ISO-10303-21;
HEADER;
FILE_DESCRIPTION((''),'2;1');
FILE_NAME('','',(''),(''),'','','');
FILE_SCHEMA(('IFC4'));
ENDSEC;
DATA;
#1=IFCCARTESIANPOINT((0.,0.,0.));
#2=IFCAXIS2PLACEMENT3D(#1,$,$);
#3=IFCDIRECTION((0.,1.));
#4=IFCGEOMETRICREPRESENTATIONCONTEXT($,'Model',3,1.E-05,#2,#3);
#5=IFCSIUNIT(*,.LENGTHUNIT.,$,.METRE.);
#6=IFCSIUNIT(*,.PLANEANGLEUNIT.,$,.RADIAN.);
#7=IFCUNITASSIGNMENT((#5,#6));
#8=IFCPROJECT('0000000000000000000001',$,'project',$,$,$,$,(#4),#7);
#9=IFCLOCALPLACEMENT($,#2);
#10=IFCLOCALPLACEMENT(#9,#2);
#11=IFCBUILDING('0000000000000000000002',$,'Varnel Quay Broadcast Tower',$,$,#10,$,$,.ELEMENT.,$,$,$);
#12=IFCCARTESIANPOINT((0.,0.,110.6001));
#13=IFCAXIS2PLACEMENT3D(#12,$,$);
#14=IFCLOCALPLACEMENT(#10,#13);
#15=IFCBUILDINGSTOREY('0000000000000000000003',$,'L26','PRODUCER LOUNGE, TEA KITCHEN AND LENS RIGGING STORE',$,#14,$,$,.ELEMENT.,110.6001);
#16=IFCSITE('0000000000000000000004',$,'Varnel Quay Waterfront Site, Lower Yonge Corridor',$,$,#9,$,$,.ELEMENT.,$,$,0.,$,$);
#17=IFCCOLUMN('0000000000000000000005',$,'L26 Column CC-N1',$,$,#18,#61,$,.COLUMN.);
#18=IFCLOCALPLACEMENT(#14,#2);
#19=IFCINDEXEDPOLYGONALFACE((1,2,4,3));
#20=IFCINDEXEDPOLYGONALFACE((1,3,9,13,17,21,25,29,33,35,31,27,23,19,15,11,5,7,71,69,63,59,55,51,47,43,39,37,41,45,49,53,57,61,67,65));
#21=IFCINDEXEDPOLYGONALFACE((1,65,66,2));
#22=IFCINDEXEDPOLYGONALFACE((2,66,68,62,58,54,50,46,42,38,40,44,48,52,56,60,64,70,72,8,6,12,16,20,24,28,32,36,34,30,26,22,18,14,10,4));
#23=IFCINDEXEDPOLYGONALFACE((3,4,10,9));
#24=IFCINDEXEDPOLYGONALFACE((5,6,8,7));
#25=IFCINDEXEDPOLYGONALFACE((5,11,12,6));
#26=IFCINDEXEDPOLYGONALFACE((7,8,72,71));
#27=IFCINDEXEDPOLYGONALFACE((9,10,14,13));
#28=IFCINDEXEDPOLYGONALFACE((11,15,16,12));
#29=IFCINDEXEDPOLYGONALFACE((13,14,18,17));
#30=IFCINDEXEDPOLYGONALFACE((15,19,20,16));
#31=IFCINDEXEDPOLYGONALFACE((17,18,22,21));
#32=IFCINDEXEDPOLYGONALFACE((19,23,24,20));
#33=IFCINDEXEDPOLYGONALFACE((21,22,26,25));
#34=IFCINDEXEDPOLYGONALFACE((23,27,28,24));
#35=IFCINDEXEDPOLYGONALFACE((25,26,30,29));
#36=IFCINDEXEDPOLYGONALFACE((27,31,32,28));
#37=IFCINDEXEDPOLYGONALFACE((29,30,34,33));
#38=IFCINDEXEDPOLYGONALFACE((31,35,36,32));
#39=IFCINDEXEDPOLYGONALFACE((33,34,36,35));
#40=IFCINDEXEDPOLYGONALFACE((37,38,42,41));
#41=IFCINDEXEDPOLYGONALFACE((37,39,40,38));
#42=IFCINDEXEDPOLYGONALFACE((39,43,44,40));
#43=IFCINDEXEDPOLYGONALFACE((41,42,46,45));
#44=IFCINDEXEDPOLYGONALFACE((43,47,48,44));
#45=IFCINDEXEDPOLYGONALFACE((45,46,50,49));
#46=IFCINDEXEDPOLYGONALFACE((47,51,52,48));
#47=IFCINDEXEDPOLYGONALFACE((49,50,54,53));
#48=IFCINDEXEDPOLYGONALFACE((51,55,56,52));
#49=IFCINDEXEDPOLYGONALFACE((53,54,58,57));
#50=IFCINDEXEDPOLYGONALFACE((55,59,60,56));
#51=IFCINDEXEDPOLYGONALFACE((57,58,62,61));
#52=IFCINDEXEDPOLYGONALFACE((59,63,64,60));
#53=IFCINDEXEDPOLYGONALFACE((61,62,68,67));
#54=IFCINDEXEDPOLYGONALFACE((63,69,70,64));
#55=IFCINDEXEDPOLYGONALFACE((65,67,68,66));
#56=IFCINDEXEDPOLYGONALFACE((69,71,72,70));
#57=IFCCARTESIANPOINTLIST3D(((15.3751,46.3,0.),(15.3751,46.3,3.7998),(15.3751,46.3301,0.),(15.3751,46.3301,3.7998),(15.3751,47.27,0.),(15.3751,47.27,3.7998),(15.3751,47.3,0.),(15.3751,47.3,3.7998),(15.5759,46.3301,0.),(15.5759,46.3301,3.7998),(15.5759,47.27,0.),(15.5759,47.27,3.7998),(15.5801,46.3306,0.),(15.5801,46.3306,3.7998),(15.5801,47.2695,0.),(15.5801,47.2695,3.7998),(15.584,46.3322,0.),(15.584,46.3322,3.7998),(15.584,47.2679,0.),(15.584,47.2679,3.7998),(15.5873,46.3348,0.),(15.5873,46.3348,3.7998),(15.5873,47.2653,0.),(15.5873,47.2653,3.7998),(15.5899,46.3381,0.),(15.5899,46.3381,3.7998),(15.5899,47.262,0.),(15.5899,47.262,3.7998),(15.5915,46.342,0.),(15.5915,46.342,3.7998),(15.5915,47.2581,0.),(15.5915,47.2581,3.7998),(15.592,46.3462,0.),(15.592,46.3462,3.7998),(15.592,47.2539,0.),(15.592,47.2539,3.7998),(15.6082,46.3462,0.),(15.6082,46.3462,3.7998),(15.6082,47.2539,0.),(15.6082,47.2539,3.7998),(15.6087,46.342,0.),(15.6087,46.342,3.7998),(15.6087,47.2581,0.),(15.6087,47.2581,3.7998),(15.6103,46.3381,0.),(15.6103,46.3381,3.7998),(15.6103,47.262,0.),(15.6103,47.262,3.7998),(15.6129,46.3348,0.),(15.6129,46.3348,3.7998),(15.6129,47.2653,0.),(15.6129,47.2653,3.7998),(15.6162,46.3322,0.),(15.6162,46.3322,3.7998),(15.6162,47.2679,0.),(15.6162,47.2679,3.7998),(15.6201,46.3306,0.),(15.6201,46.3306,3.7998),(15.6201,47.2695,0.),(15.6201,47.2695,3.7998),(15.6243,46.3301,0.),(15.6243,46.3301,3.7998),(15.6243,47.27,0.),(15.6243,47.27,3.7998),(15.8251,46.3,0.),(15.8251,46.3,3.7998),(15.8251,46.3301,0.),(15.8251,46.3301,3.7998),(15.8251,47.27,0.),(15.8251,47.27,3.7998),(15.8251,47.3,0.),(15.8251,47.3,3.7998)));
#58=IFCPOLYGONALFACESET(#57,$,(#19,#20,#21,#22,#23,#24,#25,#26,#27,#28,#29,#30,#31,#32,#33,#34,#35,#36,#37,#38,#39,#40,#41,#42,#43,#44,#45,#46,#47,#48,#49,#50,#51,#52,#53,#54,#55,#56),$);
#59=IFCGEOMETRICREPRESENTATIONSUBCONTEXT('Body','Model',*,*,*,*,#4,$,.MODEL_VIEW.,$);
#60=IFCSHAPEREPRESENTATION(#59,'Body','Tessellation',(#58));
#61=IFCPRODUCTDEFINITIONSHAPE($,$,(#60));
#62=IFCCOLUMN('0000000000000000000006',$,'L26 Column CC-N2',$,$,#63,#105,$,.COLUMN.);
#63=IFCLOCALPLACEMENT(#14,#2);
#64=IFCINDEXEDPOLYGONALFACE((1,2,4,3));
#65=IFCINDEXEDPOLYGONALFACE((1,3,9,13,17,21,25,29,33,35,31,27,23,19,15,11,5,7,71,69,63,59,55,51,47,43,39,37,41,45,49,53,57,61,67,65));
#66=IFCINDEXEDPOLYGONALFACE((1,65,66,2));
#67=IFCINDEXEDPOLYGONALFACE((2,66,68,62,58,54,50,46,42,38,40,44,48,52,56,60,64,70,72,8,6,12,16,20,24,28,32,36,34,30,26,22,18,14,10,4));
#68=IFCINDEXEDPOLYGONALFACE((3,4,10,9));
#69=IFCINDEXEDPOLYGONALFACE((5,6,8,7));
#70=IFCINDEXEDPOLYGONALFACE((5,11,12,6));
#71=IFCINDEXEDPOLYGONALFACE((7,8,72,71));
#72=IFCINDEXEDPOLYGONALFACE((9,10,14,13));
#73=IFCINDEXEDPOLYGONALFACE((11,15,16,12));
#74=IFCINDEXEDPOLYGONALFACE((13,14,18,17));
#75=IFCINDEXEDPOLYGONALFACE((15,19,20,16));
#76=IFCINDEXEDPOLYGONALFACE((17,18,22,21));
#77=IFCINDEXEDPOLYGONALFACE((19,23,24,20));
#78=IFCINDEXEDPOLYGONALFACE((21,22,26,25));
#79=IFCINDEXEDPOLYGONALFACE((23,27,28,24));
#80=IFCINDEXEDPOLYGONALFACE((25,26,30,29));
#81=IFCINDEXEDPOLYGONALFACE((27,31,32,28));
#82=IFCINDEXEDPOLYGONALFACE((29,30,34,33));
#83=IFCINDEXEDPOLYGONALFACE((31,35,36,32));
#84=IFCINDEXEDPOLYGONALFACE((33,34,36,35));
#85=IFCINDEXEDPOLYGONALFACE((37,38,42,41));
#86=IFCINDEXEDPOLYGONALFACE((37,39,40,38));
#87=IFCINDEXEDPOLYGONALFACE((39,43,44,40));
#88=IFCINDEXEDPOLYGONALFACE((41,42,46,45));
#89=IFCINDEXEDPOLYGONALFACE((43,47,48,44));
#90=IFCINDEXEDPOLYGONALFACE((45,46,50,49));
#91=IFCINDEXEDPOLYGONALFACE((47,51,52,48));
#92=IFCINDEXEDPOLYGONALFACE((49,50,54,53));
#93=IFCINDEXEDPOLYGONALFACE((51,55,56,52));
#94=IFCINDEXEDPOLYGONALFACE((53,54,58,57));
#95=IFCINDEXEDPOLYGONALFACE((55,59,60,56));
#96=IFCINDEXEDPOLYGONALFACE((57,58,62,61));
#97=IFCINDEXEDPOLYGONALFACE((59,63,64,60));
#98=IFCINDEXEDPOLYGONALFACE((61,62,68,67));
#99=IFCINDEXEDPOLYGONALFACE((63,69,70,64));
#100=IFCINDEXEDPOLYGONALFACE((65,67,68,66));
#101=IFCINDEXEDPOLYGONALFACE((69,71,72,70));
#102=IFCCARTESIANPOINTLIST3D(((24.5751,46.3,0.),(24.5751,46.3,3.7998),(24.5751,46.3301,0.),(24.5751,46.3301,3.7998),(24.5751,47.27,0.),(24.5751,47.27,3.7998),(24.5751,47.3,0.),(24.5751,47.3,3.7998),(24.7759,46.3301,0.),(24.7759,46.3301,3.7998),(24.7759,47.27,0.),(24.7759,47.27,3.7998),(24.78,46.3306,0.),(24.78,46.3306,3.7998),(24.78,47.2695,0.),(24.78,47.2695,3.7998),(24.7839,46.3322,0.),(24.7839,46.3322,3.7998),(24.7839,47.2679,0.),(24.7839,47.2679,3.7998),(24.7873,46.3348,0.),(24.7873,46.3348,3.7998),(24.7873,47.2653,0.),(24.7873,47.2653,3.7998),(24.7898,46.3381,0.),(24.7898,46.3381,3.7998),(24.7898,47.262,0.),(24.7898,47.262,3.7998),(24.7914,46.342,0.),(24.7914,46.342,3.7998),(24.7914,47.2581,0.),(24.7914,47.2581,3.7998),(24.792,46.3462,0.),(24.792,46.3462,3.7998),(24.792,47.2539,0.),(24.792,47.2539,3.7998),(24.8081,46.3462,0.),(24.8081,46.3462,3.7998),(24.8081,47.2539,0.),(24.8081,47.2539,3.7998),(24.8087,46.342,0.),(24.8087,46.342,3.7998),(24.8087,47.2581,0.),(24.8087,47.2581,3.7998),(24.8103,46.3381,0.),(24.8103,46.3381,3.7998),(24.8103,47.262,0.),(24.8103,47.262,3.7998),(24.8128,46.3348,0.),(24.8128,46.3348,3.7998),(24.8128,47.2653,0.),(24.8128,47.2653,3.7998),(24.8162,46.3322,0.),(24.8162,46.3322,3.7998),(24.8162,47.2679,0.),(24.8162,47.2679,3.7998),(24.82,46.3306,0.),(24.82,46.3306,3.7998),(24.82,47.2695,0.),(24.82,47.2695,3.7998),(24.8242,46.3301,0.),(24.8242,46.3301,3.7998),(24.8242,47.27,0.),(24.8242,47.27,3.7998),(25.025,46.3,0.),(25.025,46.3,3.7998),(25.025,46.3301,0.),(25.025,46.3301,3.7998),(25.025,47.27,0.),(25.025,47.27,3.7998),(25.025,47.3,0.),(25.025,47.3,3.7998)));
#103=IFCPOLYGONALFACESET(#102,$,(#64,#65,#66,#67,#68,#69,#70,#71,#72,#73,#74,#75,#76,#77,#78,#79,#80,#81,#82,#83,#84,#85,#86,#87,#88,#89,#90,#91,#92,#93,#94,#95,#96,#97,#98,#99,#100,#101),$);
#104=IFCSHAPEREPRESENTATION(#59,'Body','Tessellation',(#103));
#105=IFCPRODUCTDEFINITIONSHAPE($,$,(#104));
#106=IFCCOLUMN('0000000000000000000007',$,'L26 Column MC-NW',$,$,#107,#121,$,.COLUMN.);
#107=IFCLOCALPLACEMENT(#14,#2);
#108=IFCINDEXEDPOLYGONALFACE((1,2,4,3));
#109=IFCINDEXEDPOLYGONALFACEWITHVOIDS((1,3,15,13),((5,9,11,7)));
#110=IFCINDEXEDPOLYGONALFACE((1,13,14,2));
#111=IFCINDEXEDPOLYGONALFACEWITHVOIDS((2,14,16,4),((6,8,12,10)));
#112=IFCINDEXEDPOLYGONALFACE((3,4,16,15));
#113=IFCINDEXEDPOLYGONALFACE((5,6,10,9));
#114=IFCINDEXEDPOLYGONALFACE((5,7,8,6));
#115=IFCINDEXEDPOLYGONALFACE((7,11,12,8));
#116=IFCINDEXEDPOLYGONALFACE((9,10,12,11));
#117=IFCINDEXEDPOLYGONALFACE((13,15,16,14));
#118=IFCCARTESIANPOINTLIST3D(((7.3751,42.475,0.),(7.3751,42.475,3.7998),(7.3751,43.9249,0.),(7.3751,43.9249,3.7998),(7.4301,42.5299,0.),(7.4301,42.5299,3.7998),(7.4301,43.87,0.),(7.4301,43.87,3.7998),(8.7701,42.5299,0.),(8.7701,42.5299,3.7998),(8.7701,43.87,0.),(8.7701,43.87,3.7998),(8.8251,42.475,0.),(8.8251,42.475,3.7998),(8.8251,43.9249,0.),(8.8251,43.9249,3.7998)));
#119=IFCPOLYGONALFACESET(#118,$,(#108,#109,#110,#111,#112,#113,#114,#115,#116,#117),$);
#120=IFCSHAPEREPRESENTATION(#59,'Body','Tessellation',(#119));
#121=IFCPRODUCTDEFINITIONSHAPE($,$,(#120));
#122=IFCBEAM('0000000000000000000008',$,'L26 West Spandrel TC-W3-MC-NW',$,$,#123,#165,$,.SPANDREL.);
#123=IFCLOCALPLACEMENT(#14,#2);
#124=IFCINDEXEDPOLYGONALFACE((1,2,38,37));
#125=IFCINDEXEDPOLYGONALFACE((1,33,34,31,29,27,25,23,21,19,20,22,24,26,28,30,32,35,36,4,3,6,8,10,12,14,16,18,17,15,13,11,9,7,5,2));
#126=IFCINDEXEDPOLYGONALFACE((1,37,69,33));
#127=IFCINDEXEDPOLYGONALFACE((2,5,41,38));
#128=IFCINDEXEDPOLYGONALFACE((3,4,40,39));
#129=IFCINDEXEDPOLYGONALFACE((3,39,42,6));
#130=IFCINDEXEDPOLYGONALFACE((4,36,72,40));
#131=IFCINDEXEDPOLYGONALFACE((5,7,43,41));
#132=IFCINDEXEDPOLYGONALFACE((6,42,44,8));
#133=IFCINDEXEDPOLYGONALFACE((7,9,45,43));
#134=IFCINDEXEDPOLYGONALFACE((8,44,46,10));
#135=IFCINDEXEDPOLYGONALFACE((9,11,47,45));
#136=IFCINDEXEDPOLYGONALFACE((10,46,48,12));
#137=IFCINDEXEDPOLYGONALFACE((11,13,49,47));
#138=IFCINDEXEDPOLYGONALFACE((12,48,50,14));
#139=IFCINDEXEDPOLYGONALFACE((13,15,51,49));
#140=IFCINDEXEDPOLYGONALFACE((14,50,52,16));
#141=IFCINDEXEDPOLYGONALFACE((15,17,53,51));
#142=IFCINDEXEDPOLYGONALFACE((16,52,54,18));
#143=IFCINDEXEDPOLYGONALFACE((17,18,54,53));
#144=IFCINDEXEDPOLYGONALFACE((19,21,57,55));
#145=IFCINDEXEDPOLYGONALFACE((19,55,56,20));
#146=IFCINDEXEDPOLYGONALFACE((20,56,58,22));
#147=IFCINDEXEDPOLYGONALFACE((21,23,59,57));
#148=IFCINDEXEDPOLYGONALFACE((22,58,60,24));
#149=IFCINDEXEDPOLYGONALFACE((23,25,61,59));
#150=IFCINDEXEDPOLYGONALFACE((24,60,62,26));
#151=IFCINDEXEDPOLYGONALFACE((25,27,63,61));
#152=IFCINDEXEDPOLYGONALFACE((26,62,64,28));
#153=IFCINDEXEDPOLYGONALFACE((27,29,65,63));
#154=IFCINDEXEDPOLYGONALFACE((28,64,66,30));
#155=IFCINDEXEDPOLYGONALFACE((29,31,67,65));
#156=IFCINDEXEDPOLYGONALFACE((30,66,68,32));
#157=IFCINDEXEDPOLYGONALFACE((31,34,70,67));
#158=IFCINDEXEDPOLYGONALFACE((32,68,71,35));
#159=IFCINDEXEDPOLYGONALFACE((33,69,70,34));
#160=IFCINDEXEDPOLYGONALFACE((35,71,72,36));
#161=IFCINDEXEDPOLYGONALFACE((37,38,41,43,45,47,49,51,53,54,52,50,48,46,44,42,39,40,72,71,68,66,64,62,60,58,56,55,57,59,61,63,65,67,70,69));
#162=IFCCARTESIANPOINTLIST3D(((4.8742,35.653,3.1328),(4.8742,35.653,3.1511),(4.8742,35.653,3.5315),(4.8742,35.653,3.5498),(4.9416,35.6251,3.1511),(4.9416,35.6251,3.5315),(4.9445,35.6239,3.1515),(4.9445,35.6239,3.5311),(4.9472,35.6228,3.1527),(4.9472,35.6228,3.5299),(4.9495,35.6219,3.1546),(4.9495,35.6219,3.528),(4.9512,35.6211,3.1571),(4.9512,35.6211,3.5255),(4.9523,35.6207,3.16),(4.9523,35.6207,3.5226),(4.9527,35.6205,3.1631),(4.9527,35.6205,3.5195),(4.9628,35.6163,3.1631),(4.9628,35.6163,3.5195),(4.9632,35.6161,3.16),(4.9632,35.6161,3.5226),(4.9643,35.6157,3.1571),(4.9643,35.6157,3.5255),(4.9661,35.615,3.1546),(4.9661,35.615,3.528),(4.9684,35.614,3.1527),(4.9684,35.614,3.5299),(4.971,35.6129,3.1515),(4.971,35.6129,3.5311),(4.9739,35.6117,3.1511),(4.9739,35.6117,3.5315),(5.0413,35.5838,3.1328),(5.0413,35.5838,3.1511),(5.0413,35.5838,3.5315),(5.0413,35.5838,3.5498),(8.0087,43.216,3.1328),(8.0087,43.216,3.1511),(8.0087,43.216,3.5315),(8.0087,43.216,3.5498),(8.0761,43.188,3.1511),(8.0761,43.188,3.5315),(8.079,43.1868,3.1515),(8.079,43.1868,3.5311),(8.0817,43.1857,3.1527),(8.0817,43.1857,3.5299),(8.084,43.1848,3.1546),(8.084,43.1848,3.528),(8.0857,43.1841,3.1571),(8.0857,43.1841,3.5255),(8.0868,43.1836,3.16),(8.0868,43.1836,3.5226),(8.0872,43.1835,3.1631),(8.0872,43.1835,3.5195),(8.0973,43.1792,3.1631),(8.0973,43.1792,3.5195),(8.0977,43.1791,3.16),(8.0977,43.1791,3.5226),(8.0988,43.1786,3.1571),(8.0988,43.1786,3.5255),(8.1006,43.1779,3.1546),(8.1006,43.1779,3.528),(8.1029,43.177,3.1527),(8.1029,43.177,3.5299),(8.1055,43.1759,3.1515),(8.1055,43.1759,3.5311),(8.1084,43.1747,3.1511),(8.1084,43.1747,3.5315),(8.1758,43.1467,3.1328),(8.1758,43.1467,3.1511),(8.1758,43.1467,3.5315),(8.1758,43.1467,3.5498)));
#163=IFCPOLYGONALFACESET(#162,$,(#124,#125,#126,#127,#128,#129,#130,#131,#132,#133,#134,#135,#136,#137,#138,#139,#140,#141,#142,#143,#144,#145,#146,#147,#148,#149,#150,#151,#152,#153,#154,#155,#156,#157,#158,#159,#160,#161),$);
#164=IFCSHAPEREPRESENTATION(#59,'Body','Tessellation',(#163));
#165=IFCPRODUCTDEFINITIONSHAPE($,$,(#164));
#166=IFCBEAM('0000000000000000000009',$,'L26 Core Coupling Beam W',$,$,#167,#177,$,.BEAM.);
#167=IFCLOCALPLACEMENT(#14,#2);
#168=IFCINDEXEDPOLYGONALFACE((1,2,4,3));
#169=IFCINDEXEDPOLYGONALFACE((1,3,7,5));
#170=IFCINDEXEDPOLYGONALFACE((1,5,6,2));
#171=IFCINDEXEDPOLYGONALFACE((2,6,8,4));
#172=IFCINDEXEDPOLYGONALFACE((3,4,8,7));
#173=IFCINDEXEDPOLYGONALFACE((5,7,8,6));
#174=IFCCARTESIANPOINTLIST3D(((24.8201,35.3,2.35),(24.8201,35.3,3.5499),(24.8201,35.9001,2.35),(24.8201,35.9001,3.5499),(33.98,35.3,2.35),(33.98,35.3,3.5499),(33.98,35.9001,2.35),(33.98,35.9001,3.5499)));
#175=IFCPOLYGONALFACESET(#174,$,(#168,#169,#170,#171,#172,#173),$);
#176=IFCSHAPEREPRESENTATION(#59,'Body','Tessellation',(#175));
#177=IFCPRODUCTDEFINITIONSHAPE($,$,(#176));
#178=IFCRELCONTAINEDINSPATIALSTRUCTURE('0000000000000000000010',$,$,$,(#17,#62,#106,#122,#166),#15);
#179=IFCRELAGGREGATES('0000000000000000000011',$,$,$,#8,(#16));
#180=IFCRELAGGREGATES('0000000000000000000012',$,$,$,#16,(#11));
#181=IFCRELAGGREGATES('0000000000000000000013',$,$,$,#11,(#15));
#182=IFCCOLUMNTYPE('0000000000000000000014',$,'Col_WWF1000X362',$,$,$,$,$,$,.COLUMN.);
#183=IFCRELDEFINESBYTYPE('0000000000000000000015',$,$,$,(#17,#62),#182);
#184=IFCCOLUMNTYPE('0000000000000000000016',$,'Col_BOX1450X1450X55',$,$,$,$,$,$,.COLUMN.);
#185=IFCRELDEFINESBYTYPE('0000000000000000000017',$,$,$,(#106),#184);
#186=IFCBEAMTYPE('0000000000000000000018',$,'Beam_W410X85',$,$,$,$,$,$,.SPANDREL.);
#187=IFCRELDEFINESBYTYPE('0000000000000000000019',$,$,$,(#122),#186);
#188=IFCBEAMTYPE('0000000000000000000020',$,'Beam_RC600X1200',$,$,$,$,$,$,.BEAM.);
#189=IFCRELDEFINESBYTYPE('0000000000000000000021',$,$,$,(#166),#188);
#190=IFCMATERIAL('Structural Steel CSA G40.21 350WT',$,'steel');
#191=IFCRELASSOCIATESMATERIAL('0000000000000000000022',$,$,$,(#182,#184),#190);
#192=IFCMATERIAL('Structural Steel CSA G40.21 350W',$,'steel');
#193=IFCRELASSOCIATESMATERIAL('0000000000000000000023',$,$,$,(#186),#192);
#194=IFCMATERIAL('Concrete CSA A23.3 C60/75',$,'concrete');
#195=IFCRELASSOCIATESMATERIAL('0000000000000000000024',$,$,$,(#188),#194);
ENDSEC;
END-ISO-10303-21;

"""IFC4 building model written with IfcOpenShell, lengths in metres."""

from ifc_helpers import new_model, si_unit, direction, frame, origin, origin_2d, place, context, subcontext, project, spatial, rectangle, hollow_rectangle, i_section, extrude, source, transform, mapped, material, material_profile, profile_set, type_object, type_shapes, element, save


model = new_model("IFC4")

# Units and contexts
model_context = context("Model", 3, precision=1e-05, world=origin(), true_north=direction((0.0, 1.0)))
body_context = subcontext(model_context, "Body", "Model", "MODEL_VIEW")
ifc_project = project(units=[si_unit("LENGTHUNIT", "METRE"), si_unit("PLANEANGLEUNIT", "RADIAN")], contexts=[model_context])

# Site, building, storey
site_placement = place(None, origin())
site = spatial("IfcSite", under=ifc_project, at=site_placement, Name="Varnel Quay Waterfront Site, Lower Yonge Corridor", CompositionType="ELEMENT", RefElevation=0.0)
building_placement = place(site_placement, origin())
building = spatial("IfcBuilding", under=site, at=building_placement, Name="Varnel Quay Broadcast Tower", CompositionType="ELEMENT")
storey_placement = place(building_placement, frame((0.0, 0.0, 110.6001)))
storey = spatial("IfcBuildingStorey", under=building, at=storey_placement, Name="L26", Description="PRODUCER LOUNGE, TEA KITCHEN AND LENS RIGGING STORE", CompositionType="ELEMENT", Elevation=110.6001)

# Columns
ifc_material_1 = material(Name="Structural Steel CSA G40.21 350WT", Category="steel")
ifc_material_profile_1 = material_profile(ifc_material_1, i_section(OverallWidth=0.45, OverallDepth=1.0, WebThickness=0.0161, FlangeThickness=0.03, FilletRadius=0.0161, at=origin_2d()), Name="WWF1000X362")
ifc_profile_set_1 = profile_set([ifc_material_profile_1], Name="Structural Steel CSA G40.21 350WT")
column_type_1 = type_object("IfcColumnType", Name="Col_WWF1000X362", PredefinedType="COLUMN", material=ifc_profile_set_1)
shared_shape_1 = source(origin(), body_context, "Body", "SweptSolid", [
    extrude(i_section(OverallWidth=0.45, OverallDepth=1.0, WebThickness=0.0161, FlangeThickness=0.03, FilletRadius=0.0161, at=origin_2d()), origin(), (0.0, 0.0, 1.0), 3.7998),
])
type_shapes(column_type_1, [shared_shape_1])
for number, where, z_axis, x_axis, name in (
    (1, (15.6001, 46.8, 0.0), (0.0, 0.0, 1.0), (1.0, 0.0, 0.0), "L26 Column CC-N1"),
    (2, (24.8, 46.8, 0.0), (0.0, 0.0, 1.0), (1.0, 0.0, 0.0), "L26 Column CC-N2"),
):
    element("IfcColumn", number, at=place(storey_placement, frame(where, z_axis=z_axis, x_axis=x_axis)), inside=storey, type_object=column_type_1, Name=name, PredefinedType="COLUMN", context=body_context, shape_type="MappedRepresentation", body=[
        mapped(shared_shape_1, transform((0.0, 0.0, 0.0), x_axis=(1.0, 0.0, 0.0), y_axis=(0.0, 1.0, 0.0), z_axis=(0.0, 0.0, 1.0), scale=1.0)),
    ])
ifc_material_profile_2 = material_profile(ifc_material_1, hollow_rectangle(XDim=1.45, YDim=1.45, WallThickness=0.0549, at=origin_2d()), Name="BOX1450X1450X55")
ifc_profile_set_2 = profile_set([ifc_material_profile_2], Name="Structural Steel CSA G40.21 350WT")
column_type_2 = type_object("IfcColumnType", Name="Col_BOX1450X1450X55", PredefinedType="COLUMN", material=ifc_profile_set_2)
shared_shape_2 = source(origin(), body_context, "Body", "SweptSolid", [
    extrude(hollow_rectangle(XDim=1.45, YDim=1.45, WallThickness=0.0549, at=origin_2d()), origin(), (0.0, 0.0, 1.0), 3.7998),
])
type_shapes(column_type_2, [shared_shape_2])
column_placement = place(storey_placement, frame((8.1001, 43.2, 0.0), z_axis=(0.0, 0.0, 1.0), x_axis=(1.0, 0.0, 0.0)))
element("IfcColumn", 3, at=column_placement, inside=storey, type_object=column_type_2, Name="L26 Column MC-NW", PredefinedType="COLUMN", context=body_context, shape_type="MappedRepresentation", body=[
    mapped(shared_shape_2, transform((0.0, 0.0, 0.0), x_axis=(1.0, 0.0, 0.0), y_axis=(0.0, 1.0, 0.0), z_axis=(0.0, 0.0, 1.0), scale=1.0)),
])

# Beams
ifc_material_2 = material(Name="Structural Steel CSA G40.21 350W", Category="steel")
ifc_material_profile_3 = material_profile(ifc_material_2, i_section(OverallWidth=0.1809, OverallDepth=0.417, WebThickness=0.011, FlangeThickness=0.0183, FilletRadius=0.012, at=origin_2d()), Name="W410X85")
ifc_profile_set_3 = profile_set([ifc_material_profile_3], Name="Structural Steel CSA G40.21 350W")
beam_type_1 = type_object("IfcBeamType", Name="Beam_W410X85", PredefinedType="SPANDREL", material=ifc_profile_set_3)
shared_shape_3 = source(origin(), body_context, "Body", "SweptSolid", [
    extrude(i_section(OverallWidth=0.1809, OverallDepth=0.417, WebThickness=0.011, FlangeThickness=0.0183, FilletRadius=0.012, at=origin_2d()), origin(), (0.0, 0.0, 1.0), 8.1868),
])
beam_1_placement = place(storey_placement, frame((4.9578, 35.6184, 3.3413), z_axis=(0.382874, 0.923801, 0.0), x_axis=(-0.923801, 0.382874, 0.0)))
element("IfcBeam", 4, at=beam_1_placement, inside=storey, type_object=beam_type_1, Name="L26 West Spandrel TC-W3-MC-NW", PredefinedType="SPANDREL", context=body_context, shape_type="MappedRepresentation", body=[
    mapped(shared_shape_3, transform((0.0, 0.0, 0.0), x_axis=(1.0, 0.0, 0.0), y_axis=(0.0, 1.0, 0.0), z_axis=(0.0, 0.0, 1.0), scale=1.0)),
])
ifc_material_3 = material(Name="Concrete CSA A23.3 C60/75", Category="concrete")
ifc_material_profile_4 = material_profile(ifc_material_3, rectangle(XDim=0.6001, YDim=1.2, at=origin_2d()), Name="RC600X1200")
ifc_profile_set_4 = profile_set([ifc_material_profile_4], Name="Concrete CSA A23.3 C60/75")
beam_type_2 = type_object("IfcBeamType", Name="Beam_RC600X1200", PredefinedType="BEAM", material=ifc_profile_set_4)
shared_shape_4 = source(origin(), body_context, "Body", "SweptSolid", [
    extrude(rectangle(XDim=0.6001, YDim=1.2, at=origin_2d()), origin(), (0.0, 0.0, 1.0), 9.1599),
])
type_shapes(beam_type_2, [shared_shape_4])
beam_2_placement = place(storey_placement, frame((24.8201, 35.6001, 2.95), z_axis=(1.0, 0.0, 0.0), x_axis=(0.0, 1.0, 0.0)))
element("IfcBeam", 5, at=beam_2_placement, inside=storey, type_object=beam_type_2, Name="L26 Core Coupling Beam W", PredefinedType="BEAM", context=body_context, shape_type="MappedRepresentation", body=[
    mapped(shared_shape_4, transform((0.0, 0.0, 0.0), x_axis=(1.0, 0.0, 0.0), y_axis=(0.0, 1.0, 0.0), z_axis=(0.0, 0.0, 1.0), scale=1.0)),
])

save(model, "model.ifc")
